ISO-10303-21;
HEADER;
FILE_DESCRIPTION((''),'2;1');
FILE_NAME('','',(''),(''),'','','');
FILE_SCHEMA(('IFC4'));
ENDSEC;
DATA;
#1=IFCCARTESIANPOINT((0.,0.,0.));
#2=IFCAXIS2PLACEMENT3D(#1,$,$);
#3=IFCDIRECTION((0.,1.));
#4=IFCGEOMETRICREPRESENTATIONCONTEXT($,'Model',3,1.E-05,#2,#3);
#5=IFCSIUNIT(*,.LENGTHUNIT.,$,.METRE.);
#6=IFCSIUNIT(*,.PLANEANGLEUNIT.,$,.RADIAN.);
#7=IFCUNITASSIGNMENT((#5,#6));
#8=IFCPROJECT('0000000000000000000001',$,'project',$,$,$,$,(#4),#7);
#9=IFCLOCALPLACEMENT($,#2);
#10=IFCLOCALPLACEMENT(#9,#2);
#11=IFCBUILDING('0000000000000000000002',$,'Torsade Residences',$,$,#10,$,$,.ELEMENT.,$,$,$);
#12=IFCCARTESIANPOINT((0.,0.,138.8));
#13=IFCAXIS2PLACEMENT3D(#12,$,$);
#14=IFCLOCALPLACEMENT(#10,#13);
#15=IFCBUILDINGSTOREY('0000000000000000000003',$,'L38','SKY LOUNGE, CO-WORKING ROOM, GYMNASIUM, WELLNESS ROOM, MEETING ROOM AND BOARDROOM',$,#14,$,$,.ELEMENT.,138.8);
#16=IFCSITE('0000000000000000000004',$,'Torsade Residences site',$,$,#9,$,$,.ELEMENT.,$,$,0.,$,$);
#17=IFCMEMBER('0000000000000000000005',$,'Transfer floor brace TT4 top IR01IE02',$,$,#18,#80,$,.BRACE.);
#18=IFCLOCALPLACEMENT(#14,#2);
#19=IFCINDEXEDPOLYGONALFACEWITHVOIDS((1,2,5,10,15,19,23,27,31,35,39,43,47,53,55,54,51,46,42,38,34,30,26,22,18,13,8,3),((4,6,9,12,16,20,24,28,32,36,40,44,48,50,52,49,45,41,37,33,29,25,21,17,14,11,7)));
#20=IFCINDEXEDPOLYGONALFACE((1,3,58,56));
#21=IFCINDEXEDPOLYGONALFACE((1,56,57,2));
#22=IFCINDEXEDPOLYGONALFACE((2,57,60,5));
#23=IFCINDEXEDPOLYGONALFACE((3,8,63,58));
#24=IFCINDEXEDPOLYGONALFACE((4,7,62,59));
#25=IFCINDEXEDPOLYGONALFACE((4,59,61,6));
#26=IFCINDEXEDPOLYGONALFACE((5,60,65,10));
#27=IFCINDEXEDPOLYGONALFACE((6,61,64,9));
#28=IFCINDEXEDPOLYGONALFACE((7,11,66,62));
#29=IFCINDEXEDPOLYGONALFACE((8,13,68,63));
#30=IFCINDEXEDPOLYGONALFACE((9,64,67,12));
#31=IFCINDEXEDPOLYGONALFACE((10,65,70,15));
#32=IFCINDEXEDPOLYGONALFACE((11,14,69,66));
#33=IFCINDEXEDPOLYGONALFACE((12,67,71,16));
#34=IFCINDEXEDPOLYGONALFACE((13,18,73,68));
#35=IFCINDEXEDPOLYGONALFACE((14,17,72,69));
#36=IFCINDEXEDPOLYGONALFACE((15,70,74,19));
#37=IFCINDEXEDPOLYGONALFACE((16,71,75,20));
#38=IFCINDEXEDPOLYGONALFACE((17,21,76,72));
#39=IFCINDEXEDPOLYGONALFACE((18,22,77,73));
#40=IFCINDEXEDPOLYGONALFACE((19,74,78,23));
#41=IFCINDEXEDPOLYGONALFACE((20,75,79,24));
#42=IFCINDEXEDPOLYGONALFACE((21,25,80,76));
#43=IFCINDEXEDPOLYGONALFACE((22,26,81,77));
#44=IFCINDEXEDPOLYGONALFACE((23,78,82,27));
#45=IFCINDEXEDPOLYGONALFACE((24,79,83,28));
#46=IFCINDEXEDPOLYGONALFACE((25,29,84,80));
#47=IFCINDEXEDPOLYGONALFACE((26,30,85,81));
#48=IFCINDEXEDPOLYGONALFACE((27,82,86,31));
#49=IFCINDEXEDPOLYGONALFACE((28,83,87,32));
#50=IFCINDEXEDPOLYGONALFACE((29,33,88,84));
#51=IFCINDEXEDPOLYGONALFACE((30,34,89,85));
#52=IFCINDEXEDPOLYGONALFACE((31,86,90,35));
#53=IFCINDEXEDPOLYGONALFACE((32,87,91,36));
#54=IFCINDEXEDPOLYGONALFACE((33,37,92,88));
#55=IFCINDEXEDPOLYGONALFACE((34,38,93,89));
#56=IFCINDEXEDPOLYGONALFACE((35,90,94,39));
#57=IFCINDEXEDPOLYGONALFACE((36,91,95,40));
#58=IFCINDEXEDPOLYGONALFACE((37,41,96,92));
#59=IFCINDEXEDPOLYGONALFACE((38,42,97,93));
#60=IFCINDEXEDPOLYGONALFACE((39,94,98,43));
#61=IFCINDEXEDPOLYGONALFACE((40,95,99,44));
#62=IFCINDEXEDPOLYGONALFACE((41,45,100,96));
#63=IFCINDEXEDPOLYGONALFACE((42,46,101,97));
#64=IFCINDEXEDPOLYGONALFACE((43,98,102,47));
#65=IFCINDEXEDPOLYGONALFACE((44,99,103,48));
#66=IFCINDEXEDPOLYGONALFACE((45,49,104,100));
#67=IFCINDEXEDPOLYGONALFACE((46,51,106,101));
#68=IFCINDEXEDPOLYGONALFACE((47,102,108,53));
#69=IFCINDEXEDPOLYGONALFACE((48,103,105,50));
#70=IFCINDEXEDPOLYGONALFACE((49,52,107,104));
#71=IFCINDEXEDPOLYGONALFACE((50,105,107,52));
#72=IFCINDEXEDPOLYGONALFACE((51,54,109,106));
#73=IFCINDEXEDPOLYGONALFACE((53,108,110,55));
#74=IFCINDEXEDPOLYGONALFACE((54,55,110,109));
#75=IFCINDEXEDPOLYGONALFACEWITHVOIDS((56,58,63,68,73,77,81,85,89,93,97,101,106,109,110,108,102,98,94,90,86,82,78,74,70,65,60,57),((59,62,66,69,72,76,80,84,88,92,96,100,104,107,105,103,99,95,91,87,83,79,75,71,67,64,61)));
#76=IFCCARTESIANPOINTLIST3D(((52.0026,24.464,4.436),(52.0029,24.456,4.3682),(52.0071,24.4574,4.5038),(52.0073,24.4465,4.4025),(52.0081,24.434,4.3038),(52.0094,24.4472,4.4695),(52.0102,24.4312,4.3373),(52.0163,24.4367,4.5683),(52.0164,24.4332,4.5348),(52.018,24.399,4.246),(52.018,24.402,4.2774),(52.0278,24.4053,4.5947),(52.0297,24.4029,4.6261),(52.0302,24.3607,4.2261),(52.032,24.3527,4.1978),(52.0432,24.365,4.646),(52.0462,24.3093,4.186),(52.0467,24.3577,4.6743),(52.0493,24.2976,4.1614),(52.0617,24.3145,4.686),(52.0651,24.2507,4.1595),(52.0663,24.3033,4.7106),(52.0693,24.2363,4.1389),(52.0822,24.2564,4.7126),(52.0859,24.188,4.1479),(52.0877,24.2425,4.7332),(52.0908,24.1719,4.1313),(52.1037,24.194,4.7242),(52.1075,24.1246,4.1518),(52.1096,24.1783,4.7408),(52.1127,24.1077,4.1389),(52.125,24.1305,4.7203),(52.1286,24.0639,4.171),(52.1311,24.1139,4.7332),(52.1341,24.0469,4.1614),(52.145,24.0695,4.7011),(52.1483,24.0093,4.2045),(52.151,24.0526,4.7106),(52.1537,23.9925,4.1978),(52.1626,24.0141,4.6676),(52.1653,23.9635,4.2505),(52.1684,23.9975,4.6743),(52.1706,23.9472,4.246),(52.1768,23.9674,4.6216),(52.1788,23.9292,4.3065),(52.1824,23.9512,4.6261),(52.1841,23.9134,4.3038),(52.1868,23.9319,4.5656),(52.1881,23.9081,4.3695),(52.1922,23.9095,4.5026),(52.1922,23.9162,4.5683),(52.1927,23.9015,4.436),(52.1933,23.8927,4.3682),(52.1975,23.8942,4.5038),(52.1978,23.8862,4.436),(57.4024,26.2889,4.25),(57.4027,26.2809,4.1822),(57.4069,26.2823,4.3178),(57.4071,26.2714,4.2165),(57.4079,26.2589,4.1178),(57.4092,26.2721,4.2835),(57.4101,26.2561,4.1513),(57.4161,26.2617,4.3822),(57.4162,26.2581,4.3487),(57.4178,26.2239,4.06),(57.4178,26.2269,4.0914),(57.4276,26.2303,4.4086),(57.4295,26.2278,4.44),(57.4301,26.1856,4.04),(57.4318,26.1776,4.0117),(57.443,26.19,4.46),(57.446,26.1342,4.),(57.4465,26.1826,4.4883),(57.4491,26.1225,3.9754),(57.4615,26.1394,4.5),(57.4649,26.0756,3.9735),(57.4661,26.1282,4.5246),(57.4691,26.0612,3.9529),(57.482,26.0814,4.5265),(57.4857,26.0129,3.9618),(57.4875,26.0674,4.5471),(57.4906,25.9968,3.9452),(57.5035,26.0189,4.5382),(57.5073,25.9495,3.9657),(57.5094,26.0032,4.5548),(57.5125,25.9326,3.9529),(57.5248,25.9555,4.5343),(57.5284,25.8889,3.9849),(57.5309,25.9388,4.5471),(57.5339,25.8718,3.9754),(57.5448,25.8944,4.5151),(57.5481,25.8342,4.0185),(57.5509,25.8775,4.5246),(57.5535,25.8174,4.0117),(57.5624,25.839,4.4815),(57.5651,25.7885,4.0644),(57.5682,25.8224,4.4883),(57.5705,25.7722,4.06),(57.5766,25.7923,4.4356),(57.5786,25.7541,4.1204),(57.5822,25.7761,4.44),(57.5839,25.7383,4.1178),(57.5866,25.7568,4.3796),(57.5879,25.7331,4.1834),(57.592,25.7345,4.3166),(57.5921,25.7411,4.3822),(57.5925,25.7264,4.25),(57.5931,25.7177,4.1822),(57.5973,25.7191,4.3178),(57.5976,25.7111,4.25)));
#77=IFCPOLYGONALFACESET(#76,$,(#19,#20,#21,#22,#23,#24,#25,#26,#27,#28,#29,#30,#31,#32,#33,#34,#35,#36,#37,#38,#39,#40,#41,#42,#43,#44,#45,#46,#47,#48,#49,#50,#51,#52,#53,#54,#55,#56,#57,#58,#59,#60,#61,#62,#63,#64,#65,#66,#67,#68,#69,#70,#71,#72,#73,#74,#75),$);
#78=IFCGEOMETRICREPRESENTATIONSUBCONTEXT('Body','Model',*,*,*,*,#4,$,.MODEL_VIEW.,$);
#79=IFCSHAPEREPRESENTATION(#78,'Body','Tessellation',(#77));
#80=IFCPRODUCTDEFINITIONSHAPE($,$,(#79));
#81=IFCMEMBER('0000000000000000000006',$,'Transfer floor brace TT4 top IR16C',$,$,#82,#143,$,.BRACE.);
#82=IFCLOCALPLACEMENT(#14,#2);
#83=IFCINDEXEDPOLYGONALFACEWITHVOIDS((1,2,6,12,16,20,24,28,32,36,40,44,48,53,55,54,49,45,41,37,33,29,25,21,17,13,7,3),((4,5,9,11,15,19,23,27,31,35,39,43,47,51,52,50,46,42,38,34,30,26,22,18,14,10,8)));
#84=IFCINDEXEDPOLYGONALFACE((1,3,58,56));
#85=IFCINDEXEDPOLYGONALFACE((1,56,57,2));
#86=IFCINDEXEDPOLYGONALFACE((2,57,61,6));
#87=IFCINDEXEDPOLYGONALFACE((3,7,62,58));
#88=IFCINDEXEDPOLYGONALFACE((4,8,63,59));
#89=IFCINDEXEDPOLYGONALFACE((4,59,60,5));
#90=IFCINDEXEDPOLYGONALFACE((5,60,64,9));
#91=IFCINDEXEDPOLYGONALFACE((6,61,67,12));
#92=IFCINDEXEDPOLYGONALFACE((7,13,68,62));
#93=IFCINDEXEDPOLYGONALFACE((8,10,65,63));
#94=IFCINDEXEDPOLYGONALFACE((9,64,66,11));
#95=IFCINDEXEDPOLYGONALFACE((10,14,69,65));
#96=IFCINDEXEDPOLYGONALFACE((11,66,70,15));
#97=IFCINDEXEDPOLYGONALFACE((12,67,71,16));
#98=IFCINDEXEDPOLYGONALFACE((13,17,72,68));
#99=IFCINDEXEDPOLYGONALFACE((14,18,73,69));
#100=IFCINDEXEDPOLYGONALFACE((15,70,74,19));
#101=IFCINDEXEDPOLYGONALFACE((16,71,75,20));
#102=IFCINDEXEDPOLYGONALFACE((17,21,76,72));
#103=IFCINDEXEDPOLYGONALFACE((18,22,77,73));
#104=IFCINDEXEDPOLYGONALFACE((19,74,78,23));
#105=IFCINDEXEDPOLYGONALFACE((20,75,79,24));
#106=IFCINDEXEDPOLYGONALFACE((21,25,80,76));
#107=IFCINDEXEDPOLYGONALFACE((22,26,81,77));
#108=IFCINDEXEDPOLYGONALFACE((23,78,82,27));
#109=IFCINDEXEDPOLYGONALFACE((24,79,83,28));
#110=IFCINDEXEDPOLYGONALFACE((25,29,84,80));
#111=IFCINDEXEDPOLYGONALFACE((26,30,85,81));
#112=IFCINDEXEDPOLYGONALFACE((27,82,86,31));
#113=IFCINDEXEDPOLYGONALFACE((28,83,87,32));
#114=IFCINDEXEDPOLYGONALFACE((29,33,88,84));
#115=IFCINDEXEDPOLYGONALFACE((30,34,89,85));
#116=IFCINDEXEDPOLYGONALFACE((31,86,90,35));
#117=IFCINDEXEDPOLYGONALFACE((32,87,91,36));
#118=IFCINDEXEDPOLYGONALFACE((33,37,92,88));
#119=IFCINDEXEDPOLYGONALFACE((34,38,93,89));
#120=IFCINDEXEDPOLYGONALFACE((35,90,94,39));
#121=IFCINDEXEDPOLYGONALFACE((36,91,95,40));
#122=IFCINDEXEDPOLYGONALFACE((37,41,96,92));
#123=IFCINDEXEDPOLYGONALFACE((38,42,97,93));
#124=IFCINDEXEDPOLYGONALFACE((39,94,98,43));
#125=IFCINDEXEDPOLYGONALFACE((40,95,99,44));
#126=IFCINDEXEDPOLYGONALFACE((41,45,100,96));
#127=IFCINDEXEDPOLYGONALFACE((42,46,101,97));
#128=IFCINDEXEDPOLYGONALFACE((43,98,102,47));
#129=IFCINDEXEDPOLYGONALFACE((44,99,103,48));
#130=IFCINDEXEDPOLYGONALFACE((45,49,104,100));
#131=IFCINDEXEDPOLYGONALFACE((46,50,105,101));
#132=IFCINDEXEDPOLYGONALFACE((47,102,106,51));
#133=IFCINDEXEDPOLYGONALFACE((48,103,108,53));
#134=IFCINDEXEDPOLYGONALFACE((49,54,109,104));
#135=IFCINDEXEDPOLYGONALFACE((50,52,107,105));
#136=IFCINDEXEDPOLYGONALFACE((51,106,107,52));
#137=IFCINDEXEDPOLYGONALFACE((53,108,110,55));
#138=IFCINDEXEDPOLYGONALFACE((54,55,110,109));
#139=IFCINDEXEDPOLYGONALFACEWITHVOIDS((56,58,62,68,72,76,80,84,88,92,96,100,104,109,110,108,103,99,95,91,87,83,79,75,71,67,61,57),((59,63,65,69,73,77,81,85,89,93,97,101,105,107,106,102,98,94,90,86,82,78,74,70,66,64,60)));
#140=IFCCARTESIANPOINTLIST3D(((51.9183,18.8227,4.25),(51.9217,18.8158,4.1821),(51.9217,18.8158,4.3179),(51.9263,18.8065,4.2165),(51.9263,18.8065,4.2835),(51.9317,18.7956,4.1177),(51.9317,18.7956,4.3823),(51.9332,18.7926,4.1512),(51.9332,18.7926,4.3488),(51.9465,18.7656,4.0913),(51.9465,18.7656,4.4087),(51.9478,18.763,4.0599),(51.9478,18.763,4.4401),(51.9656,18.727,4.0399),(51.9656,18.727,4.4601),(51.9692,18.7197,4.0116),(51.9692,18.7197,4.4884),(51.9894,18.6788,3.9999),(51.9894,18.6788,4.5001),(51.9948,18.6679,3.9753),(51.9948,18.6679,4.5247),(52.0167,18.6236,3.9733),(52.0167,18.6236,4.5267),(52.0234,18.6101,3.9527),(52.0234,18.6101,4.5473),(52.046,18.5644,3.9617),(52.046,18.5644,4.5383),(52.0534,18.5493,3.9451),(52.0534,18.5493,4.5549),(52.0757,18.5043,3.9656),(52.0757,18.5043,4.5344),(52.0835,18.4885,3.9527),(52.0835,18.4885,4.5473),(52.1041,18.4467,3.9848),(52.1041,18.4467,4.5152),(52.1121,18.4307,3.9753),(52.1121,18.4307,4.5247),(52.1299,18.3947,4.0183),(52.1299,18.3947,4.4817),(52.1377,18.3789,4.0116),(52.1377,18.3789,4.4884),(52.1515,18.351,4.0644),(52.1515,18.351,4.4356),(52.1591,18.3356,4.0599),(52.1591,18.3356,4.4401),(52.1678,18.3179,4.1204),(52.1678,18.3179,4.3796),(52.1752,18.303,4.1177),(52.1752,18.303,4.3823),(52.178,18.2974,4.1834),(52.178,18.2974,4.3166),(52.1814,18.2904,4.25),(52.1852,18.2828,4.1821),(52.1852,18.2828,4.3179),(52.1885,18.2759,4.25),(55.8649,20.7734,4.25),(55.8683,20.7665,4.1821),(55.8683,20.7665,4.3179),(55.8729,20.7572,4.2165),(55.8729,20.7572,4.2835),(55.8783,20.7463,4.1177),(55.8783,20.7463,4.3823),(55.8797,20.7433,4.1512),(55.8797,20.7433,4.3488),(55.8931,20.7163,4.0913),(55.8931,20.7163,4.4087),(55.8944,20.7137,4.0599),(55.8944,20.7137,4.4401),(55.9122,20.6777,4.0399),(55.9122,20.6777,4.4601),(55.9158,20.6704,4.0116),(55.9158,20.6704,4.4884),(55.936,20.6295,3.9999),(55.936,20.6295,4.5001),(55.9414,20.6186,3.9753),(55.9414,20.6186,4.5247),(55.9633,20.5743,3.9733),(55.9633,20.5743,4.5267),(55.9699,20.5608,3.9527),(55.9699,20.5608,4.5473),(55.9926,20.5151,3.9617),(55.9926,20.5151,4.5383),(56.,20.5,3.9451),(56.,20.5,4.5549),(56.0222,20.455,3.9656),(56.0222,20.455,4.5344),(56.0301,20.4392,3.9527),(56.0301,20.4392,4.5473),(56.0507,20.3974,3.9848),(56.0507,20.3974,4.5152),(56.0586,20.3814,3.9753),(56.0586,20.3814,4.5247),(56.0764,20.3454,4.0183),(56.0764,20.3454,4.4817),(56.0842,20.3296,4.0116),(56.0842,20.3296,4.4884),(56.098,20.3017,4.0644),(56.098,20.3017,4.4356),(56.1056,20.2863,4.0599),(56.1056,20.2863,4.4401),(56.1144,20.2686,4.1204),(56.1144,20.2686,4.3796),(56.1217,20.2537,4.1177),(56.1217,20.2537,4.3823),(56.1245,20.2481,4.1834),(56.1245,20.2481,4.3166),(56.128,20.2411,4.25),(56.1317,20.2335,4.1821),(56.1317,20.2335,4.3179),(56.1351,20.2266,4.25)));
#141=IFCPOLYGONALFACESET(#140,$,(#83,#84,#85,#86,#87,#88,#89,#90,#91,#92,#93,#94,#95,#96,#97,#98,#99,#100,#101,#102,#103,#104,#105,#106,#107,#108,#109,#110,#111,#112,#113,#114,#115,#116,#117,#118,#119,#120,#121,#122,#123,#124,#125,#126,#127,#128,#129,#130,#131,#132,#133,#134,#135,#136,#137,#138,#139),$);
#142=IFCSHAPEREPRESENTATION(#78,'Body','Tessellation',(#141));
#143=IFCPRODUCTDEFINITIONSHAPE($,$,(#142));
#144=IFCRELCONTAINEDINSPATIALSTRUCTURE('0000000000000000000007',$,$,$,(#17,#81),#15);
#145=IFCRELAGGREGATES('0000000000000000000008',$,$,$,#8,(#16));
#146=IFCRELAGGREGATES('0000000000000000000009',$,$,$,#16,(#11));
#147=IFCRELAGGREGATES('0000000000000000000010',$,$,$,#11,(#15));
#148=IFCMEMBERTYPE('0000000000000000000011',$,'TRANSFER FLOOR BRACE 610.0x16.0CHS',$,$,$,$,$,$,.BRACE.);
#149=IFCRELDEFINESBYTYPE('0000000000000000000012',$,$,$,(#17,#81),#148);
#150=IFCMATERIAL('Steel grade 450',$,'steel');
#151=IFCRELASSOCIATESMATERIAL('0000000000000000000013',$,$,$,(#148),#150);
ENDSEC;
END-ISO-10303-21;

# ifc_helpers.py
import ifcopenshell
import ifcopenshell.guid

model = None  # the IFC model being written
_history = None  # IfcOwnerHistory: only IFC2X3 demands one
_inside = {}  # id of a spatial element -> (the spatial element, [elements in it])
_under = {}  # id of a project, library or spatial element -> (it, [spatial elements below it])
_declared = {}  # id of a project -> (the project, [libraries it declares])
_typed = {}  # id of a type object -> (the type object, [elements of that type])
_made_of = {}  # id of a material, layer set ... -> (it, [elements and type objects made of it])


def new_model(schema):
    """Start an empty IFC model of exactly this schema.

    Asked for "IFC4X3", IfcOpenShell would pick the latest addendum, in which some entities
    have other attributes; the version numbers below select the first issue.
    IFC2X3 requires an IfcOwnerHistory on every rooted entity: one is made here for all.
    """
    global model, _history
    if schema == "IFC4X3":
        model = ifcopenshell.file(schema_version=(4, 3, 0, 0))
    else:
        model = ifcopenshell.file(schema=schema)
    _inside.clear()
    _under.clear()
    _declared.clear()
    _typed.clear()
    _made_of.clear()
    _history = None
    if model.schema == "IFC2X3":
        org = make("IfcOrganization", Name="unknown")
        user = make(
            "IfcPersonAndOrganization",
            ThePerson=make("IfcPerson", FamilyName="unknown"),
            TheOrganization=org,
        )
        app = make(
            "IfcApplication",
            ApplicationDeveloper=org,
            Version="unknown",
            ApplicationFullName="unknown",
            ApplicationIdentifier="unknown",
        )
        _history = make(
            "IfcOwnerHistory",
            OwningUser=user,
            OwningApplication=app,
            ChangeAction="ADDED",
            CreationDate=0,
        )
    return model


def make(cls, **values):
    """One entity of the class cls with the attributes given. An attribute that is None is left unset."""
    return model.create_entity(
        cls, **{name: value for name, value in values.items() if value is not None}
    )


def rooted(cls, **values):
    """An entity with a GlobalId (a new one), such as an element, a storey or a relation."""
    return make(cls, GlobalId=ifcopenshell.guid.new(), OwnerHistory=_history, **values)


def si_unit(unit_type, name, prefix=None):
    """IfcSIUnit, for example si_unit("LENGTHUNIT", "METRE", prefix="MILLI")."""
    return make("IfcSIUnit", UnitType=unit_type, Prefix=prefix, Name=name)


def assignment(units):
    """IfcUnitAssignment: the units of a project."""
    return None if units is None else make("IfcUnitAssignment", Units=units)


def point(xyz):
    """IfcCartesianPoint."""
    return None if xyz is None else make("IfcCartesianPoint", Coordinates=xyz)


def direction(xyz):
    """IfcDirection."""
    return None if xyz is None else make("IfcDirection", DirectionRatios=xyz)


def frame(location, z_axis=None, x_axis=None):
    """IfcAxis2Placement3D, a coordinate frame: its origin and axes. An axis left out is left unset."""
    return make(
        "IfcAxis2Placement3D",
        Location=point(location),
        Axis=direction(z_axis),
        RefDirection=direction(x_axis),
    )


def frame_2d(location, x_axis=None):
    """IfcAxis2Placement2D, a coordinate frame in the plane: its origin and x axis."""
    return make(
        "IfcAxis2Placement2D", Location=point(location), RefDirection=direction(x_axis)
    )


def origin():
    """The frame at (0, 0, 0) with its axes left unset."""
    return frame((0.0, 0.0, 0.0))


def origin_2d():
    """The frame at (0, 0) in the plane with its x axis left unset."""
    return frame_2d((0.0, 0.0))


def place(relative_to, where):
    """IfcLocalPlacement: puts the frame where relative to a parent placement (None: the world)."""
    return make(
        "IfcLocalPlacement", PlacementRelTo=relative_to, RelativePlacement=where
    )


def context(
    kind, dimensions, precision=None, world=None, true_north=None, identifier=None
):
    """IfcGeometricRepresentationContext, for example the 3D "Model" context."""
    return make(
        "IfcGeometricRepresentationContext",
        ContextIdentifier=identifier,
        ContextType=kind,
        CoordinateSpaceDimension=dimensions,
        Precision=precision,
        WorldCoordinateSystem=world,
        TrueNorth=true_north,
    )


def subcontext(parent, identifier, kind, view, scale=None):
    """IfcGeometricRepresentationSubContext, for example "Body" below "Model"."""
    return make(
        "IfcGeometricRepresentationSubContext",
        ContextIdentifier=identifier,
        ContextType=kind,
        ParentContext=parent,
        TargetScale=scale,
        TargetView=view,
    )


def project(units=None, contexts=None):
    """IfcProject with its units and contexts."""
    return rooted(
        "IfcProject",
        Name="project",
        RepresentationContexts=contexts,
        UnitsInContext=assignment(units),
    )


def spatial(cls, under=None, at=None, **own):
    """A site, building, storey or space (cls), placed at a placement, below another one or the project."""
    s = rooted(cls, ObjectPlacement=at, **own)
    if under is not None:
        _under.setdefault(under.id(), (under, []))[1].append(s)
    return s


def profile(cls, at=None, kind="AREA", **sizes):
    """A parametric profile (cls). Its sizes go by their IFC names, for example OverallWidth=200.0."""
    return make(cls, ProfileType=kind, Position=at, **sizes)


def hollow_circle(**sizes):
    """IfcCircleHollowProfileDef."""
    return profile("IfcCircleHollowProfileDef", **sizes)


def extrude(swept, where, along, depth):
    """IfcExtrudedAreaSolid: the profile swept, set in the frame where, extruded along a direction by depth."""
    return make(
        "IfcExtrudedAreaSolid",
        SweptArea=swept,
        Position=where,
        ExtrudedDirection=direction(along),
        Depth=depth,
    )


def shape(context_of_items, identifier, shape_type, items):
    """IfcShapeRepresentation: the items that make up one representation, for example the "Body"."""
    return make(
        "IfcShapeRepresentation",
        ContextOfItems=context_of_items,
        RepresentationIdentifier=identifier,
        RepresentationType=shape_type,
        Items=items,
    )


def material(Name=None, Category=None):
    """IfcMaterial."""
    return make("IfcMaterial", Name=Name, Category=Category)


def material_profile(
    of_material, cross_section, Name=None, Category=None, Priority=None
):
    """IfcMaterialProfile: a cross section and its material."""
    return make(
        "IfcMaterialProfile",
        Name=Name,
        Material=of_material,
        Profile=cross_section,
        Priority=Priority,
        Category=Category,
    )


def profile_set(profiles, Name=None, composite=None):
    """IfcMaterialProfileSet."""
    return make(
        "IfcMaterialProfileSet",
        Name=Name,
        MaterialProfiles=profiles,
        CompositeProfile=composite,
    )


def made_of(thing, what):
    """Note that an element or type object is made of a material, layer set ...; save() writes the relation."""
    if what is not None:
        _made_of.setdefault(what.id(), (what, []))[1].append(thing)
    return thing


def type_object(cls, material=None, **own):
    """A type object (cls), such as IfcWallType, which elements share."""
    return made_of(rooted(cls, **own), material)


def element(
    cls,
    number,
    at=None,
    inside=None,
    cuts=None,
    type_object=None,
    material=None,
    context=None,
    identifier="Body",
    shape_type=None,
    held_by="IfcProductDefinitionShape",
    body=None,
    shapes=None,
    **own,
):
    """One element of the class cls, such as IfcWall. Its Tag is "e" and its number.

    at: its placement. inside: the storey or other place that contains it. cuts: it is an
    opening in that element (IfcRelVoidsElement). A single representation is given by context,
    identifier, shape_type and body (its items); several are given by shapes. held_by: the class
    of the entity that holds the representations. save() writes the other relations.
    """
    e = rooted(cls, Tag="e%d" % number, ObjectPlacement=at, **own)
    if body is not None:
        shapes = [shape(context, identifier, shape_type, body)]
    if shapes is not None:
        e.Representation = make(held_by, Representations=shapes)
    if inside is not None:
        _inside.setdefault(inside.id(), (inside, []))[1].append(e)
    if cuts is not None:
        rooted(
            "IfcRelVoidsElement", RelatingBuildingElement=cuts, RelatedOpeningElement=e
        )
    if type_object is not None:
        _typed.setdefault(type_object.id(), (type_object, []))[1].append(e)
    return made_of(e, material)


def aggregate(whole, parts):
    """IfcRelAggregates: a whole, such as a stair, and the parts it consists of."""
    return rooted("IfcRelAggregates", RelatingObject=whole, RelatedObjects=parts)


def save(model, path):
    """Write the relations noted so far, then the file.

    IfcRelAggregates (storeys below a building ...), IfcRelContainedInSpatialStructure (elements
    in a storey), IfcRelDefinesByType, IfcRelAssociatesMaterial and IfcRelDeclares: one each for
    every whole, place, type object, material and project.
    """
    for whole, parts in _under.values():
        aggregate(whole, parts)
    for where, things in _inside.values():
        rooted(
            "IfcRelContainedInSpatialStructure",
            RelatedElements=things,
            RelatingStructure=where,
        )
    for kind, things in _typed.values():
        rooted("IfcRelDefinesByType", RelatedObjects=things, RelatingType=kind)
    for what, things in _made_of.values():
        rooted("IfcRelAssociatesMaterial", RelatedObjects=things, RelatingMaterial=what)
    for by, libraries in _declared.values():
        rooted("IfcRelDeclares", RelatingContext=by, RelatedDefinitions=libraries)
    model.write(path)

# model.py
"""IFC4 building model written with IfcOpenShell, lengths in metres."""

from ifc_helpers import new_model, si_unit, direction, frame, origin, origin_2d, place, context, subcontext, project, spatial, hollow_circle, extrude, material, material_profile, profile_set, type_object, element, save


model = new_model("IFC4")

# Units and contexts
model_context = context("Model", 3, precision=1e-05, world=origin(), true_north=direction((0.0, 1.0)))
body_context = subcontext(model_context, "Body", "Model", "MODEL_VIEW")
ifc_project = project(units=[si_unit("LENGTHUNIT", "METRE"), si_unit("PLANEANGLEUNIT", "RADIAN")], contexts=[model_context])

# Site, building, storey
site_placement = place(None, origin())
site = spatial("IfcSite", under=ifc_project, at=site_placement, Name="Torsade Residences site", CompositionType="ELEMENT", RefElevation=0.0)
building_placement = place(site_placement, origin())
building = spatial("IfcBuilding", under=site, at=building_placement, Name="Torsade Residences", CompositionType="ELEMENT")
storey_placement = place(building_placement, frame((0.0, 0.0, 138.8)))
storey = spatial("IfcBuildingStorey", under=building, at=storey_placement, Name="L38", Description="SKY LOUNGE, CO-WORKING ROOM, GYMNASIUM, WELLNESS ROOM, MEETING ROOM AND BOARDROOM", CompositionType="ELEMENT", Elevation=138.8)

# Members
ifc_material_1 = material(Name="Steel grade 450", Category="steel")
ifc_material_profile_1 = material_profile(ifc_material_1, hollow_circle(Radius=0.3049, WallThickness=0.0161, at=origin_2d()), Name="610.0x16.0CHS")
ifc_profile_set_1 = profile_set([ifc_material_profile_1], Name="Steel grade 450")
member_type_1 = type_object("IfcMemberType", Name="TRANSFER FLOOR BRACE 610.0x16.0CHS", PredefinedType="BRACE", material=ifc_profile_set_1)
member_1_placement = place(storey_placement, frame((57.5, 26.0, 4.25), z_axis=(-0.946856, -0.319999, 0.032621), x_axis=(0.32017, -0.94736, 0.0)))
element("IfcMember", 1, at=member_1_placement, inside=storey, type_object=member_type_1, Name="Transfer floor brace TT4 top IR01IE02", PredefinedType="BRACE", context=body_context, shape_type="SweptSolid", body=[
    extrude(hollow_circle(Radius=0.3049, WallThickness=0.0161, at=origin_2d()), origin(), (0.0, 0.0, 1.0), 5.7029),
])
member_2_placement = place(storey_placement, frame((56.0, 20.5, 4.25), z_axis=(-0.89647, -0.443105, 0.0), x_axis=(0.443105, -0.89647, 0.0)))
element("IfcMember", 2, at=member_2_placement, inside=storey, type_object=member_type_1, Name="Transfer floor brace TT4 top IR16C", PredefinedType="BRACE", context=body_context, shape_type="SweptSolid", body=[
    extrude(hollow_circle(Radius=0.3049, WallThickness=0.0161, at=origin_2d()), origin(), (0.0, 0.0, 1.0), 4.4023),
])

save(model, "model.ifc")
